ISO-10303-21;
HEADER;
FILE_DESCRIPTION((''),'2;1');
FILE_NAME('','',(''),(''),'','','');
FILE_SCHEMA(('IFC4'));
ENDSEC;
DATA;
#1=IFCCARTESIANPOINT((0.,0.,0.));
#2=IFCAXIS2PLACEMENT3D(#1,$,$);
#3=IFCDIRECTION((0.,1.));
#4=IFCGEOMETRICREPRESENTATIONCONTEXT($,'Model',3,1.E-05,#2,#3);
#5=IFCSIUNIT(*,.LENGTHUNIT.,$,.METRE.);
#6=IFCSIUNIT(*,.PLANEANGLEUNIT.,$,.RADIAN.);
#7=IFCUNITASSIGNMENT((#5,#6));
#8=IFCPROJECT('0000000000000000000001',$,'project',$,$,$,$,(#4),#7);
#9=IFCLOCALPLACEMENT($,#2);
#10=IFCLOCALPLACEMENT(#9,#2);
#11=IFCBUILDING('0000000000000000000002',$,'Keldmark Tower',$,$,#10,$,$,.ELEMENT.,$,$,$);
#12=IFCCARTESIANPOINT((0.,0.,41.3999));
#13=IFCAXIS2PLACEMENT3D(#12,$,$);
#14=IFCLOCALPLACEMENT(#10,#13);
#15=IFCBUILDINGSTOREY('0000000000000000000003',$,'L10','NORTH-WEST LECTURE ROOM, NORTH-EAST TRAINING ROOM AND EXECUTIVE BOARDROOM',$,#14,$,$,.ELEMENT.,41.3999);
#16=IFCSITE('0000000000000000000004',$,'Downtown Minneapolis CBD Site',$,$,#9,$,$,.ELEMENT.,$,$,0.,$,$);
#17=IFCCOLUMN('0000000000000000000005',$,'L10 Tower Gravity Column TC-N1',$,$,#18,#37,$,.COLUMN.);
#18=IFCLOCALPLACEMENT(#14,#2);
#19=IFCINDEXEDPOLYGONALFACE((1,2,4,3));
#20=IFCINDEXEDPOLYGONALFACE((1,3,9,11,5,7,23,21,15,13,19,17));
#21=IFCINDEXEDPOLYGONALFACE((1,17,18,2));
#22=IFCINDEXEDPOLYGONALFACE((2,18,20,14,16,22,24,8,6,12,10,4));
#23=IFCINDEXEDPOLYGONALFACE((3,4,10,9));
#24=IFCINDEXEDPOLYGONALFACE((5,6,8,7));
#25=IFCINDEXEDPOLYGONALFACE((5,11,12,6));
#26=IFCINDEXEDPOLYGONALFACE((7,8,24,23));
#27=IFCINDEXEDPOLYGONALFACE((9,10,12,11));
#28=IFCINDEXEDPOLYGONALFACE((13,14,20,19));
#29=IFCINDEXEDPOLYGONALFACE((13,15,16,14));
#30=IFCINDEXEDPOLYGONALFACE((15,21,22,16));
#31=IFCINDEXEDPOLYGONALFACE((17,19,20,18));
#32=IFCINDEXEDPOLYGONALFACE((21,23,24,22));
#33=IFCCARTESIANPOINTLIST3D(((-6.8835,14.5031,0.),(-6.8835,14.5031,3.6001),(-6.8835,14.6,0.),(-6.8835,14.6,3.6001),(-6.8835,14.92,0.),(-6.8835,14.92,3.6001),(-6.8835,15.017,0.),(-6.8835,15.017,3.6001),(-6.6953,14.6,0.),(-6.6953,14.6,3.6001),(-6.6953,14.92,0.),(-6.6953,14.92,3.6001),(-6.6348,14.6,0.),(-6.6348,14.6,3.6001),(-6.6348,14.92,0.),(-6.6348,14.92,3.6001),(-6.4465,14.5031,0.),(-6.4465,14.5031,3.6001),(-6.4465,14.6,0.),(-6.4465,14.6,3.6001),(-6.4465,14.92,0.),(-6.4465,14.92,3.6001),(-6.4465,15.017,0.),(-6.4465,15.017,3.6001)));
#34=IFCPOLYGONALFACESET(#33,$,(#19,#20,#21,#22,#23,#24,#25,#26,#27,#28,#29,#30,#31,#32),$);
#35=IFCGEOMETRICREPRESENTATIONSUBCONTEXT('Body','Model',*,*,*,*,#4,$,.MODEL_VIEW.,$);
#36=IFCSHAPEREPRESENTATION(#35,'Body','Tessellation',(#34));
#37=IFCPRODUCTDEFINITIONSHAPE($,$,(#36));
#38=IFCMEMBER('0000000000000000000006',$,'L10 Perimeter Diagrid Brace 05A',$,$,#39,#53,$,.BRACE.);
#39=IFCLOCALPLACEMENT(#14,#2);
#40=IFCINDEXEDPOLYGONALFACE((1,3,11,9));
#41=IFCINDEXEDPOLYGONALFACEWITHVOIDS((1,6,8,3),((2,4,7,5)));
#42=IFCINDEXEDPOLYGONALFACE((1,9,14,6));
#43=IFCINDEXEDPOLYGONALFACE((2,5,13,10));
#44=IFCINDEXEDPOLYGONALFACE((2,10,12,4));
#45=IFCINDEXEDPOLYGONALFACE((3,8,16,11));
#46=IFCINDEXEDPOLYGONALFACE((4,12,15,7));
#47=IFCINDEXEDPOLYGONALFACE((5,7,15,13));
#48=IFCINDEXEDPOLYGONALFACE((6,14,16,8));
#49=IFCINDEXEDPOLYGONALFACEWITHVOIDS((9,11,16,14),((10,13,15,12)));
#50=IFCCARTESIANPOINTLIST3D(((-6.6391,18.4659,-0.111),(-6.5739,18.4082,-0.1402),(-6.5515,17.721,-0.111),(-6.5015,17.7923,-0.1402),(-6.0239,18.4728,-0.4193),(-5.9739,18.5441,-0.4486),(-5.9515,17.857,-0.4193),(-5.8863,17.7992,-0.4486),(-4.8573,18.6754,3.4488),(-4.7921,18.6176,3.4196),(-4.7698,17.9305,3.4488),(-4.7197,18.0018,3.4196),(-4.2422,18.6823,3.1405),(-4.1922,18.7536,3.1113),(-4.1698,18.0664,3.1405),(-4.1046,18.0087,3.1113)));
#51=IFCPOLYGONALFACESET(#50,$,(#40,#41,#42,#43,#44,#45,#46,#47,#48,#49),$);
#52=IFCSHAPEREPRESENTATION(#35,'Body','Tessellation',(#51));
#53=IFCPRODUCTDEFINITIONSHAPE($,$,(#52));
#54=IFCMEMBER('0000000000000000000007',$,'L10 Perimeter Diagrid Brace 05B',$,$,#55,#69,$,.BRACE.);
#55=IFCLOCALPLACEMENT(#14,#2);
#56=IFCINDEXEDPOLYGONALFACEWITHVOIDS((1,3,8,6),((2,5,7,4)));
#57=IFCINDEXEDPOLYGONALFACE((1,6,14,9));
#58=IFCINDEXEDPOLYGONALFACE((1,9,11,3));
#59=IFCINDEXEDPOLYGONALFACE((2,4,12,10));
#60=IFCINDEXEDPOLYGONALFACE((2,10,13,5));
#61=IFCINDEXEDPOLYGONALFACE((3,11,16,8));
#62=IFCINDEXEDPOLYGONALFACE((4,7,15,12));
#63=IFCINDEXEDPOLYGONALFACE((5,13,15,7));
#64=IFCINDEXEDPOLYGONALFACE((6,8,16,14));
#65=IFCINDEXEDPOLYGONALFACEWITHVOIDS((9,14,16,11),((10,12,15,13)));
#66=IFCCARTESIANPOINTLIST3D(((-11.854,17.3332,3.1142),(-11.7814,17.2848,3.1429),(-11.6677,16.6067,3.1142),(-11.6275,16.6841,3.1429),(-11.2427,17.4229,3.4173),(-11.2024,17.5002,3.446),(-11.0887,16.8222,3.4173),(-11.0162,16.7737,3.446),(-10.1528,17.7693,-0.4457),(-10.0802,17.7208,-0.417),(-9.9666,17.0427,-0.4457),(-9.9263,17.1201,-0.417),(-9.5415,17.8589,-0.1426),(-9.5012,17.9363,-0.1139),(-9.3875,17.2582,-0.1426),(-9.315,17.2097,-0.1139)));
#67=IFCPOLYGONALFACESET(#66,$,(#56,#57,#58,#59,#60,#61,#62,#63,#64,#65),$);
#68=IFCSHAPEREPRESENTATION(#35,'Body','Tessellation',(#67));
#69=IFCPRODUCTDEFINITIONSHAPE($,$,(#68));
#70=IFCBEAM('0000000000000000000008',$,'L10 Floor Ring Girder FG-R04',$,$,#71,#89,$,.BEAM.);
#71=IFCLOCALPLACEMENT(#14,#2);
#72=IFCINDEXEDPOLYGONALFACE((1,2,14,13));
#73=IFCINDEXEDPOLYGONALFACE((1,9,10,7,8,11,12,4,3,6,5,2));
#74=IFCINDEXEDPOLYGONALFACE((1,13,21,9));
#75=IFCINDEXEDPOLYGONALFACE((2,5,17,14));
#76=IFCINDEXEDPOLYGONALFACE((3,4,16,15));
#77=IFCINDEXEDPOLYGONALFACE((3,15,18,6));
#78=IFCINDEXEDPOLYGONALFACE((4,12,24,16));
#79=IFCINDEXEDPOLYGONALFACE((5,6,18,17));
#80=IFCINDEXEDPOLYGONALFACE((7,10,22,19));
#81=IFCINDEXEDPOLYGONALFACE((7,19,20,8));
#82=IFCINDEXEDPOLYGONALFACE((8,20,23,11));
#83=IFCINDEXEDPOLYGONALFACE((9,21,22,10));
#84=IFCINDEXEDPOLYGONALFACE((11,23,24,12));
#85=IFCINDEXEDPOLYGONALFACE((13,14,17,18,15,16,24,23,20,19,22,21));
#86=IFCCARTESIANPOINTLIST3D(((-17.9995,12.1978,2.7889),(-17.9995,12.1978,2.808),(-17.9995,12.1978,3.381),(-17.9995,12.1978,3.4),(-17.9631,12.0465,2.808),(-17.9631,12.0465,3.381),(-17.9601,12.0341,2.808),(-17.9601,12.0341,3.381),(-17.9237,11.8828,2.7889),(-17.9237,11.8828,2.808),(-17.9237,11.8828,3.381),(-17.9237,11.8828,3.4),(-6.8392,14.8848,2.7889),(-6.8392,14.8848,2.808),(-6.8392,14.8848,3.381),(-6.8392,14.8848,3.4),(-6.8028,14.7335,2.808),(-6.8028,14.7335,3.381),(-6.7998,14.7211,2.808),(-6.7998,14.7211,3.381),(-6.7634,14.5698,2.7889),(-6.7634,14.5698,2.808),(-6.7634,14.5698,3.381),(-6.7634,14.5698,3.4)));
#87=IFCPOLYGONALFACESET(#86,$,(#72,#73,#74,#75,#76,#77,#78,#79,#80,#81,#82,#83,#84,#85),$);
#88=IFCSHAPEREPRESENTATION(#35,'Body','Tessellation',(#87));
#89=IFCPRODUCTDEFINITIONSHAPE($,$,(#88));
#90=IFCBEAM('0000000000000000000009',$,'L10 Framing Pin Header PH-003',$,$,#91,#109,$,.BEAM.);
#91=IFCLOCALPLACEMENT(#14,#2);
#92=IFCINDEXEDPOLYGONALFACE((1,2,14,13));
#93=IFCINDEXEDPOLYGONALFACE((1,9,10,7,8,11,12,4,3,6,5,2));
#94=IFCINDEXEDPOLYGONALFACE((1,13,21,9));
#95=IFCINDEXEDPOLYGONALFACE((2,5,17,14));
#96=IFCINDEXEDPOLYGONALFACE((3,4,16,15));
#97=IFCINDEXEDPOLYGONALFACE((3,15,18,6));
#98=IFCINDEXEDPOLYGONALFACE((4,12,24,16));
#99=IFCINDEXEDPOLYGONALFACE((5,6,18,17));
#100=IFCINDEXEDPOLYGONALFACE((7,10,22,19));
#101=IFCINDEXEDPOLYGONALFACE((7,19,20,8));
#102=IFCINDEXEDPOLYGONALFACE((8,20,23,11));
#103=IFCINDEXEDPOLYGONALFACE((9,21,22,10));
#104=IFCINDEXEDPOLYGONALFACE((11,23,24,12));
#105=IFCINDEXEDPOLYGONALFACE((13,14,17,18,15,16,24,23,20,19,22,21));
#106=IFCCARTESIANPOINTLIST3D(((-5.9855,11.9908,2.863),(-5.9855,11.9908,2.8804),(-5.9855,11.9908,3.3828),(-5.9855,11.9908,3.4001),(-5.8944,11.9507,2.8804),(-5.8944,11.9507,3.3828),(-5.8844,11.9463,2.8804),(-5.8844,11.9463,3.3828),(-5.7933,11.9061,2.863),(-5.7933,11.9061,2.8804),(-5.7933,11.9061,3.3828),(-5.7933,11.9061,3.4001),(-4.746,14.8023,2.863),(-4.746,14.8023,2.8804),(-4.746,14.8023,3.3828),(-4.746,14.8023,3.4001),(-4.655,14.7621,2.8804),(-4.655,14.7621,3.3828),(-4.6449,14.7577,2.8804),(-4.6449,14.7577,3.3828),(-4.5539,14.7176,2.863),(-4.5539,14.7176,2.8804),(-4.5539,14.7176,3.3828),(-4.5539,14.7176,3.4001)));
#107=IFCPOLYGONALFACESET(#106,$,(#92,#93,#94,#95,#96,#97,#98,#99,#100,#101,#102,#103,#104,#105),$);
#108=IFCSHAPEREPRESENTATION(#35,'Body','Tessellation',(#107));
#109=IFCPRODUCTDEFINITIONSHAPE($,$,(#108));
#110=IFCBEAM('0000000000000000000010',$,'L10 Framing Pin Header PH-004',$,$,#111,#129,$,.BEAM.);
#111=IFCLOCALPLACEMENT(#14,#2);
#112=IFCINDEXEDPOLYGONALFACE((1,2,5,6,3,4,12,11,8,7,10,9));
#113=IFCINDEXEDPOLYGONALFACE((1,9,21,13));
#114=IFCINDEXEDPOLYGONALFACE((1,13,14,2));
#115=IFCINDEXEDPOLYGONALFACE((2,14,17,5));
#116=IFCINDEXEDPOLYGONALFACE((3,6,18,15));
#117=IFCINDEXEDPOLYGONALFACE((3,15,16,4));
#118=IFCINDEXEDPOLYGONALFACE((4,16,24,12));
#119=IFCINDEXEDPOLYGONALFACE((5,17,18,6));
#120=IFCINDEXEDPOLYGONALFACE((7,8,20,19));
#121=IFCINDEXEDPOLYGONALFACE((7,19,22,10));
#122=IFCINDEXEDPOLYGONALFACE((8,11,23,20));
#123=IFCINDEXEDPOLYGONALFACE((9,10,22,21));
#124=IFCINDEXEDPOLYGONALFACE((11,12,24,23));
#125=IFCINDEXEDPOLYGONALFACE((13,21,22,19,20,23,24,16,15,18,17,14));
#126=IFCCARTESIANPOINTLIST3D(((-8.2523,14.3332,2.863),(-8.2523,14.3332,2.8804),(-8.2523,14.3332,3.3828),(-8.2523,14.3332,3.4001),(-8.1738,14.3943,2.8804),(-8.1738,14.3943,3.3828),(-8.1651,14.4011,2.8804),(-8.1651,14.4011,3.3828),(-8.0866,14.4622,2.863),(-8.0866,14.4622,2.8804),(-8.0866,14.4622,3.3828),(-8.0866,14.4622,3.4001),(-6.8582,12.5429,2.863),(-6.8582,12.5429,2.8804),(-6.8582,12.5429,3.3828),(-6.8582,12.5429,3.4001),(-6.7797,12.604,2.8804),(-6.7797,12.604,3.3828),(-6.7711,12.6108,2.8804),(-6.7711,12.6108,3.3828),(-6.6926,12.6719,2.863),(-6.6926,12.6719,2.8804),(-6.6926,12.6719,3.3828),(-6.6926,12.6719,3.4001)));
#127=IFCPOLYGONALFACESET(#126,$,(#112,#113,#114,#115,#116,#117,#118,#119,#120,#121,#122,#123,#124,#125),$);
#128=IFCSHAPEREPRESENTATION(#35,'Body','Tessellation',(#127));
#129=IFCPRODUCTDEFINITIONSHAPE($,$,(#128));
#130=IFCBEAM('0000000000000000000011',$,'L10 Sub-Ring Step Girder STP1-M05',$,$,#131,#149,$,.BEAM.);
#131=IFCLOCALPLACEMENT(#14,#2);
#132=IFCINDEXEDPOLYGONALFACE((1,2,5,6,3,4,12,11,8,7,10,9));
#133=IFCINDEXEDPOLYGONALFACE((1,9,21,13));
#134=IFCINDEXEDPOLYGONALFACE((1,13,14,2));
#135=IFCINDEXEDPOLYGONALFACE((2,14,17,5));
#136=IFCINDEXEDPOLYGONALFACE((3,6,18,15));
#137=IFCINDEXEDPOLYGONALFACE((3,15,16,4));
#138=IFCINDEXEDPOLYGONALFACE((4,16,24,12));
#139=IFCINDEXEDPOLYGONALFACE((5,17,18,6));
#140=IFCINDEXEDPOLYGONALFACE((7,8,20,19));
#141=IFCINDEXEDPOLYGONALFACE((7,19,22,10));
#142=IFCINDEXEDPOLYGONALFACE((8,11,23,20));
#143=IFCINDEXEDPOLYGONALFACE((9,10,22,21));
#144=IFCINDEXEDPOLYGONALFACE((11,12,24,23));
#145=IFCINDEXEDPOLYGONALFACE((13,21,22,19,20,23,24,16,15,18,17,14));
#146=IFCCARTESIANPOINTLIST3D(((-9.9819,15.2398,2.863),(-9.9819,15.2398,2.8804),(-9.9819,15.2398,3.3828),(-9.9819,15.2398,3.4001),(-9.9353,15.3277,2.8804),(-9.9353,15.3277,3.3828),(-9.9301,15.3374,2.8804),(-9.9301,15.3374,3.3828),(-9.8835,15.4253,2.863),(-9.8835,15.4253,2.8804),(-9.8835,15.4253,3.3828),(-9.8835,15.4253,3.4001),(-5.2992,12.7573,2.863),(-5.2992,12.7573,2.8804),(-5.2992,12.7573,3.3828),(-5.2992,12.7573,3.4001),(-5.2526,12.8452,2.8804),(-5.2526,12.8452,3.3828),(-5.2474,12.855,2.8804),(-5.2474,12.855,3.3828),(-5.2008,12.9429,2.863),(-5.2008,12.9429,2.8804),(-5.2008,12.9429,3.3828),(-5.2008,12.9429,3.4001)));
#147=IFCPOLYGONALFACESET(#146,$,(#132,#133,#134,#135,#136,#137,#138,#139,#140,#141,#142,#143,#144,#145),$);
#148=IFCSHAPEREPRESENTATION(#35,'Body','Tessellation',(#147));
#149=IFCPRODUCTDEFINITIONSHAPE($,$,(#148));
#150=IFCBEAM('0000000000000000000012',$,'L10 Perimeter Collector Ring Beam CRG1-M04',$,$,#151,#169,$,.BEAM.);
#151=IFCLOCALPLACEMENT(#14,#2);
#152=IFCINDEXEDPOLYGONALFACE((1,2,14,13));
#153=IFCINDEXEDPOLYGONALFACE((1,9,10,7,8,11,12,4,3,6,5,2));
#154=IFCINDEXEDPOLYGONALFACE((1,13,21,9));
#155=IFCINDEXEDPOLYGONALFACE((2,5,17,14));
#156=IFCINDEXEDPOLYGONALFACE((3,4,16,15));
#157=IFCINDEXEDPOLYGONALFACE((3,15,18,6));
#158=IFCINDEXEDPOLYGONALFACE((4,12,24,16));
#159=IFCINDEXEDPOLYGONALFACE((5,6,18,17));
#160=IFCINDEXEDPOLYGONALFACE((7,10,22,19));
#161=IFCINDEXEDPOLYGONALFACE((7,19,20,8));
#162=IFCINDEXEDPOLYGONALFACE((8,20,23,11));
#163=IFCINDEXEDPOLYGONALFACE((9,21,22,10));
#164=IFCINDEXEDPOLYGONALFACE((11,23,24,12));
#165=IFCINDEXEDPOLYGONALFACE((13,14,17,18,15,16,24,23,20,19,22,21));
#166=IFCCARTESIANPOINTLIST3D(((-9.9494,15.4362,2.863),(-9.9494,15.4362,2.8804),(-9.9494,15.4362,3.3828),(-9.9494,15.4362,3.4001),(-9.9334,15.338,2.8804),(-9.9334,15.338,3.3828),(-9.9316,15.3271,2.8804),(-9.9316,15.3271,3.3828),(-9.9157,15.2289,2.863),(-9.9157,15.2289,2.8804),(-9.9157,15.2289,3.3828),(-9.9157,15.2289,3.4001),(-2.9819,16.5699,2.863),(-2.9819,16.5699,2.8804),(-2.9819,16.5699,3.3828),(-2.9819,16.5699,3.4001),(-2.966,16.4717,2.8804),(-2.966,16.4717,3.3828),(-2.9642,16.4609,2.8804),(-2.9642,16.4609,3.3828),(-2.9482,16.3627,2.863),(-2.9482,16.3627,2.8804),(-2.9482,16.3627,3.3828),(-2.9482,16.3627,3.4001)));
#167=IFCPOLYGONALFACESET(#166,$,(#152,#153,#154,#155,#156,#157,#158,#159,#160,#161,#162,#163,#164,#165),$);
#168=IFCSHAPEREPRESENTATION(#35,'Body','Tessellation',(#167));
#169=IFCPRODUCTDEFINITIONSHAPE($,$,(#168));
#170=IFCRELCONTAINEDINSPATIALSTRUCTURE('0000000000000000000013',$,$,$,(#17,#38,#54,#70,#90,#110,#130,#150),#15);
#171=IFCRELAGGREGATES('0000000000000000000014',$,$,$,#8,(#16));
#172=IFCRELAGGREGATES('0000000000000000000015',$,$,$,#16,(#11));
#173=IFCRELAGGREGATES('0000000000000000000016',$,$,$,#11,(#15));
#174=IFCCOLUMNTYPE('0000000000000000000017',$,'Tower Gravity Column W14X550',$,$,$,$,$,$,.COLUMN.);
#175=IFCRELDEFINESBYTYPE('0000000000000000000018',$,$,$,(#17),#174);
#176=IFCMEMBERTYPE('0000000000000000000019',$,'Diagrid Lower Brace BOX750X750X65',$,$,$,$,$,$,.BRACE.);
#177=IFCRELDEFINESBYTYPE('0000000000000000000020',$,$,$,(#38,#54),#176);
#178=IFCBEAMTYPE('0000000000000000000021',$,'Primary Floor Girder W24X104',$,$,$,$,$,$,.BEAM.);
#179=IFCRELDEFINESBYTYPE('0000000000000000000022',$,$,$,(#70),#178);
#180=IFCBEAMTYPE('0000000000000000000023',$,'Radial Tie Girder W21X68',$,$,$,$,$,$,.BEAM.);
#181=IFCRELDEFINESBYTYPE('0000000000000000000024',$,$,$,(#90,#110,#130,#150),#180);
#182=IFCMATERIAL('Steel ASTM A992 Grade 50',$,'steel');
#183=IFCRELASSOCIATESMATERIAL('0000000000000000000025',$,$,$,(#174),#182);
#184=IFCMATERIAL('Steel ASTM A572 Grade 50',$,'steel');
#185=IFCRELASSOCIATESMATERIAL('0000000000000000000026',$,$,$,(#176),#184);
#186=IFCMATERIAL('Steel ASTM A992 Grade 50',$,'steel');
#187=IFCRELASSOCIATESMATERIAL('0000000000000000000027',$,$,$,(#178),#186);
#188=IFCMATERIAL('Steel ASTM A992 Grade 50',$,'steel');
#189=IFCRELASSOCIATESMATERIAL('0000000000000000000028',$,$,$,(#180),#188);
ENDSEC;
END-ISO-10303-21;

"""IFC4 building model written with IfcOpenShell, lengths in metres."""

from ifc_helpers import new_model, si_unit, direction, frame, origin, origin_2d, place, context, subcontext, project, spatial, hollow_rectangle, i_section, extrude, material, material_profile, profile_set, type_object, element, save


model = new_model("IFC4")

# Units and contexts
model_context = context("Model", 3, precision=1e-05, world=origin(), true_north=direction((0.0, 1.0)))
body_context = subcontext(model_context, "Body", "Model", "MODEL_VIEW")
ifc_project = project(units=[si_unit("LENGTHUNIT", "METRE"), si_unit("PLANEANGLEUNIT", "RADIAN")], contexts=[model_context])

# Site, building, storey
site_placement = place(None, origin())
site = spatial("IfcSite", under=ifc_project, at=site_placement, Name="Downtown Minneapolis CBD Site", CompositionType="ELEMENT", RefElevation=0.0)
building_placement = place(site_placement, origin())
building = spatial("IfcBuilding", under=site, at=building_placement, Name="Keldmark Tower", CompositionType="ELEMENT")
storey_placement = place(building_placement, frame((0.0, 0.0, 41.3999)))
storey = spatial("IfcBuildingStorey", under=building, at=storey_placement, Name="L10", Description="NORTH-WEST LECTURE ROOM, NORTH-EAST TRAINING ROOM AND EXECUTIVE BOARDROOM", CompositionType="ELEMENT", Elevation=41.3999)

# Column
ifc_material_1 = material(Name="Steel ASTM A992 Grade 50", Category="steel")
ifc_material_profile_1 = material_profile(ifc_material_1, i_section(OverallWidth=0.437, OverallDepth=0.5139, WebThickness=0.0605, FlangeThickness=0.0969, at=origin_2d()), Name="W14X550")
ifc_profile_set_1 = profile_set([ifc_material_profile_1], Name="Steel ASTM A992 Grade 50")
column_type = type_object("IfcColumnType", Name="Tower Gravity Column W14X550", PredefinedType="COLUMN", material=ifc_profile_set_1)
column_placement = place(storey_placement, frame((-6.665, 14.76, 0.0), z_axis=(0.0, 0.0, 1.0), x_axis=(1.0, 0.0, 0.0)))
element("IfcColumn", 1, at=column_placement, inside=storey, type_object=column_type, Name="L10 Tower Gravity Column TC-N1", PredefinedType="COLUMN", context=body_context, shape_type="SweptSolid", body=[
    extrude(i_section(OverallWidth=0.437, OverallDepth=0.5139, WebThickness=0.0605, FlangeThickness=0.0969, at=origin_2d()), origin(), (0.0, 0.0, 1.0), 3.6001),
])

# Members
ifc_material_2 = material(Name="Steel ASTM A572 Grade 50", Category="steel")
ifc_material_profile_2 = material_profile(ifc_material_2, hollow_rectangle(XDim=0.75, YDim=0.75, WallThickness=0.0649, at=origin_2d()), Name="BOX750X750X65")
ifc_profile_set_2 = profile_set([ifc_material_profile_2], Name="Steel ASTM A572 Grade 50")
member_type = type_object("IfcMemberType", Name="Diagrid Lower Brace BOX750X750X65", PredefinedType="BRACE", material=ifc_profile_set_2)
member_1_placement = place(storey_placement, frame((-6.2627, 18.1326, -0.2798), z_axis=(0.446963, 0.052548, 0.893008), x_axis=(-0.116762, 0.99316, 0.0)))
element("IfcMember", 2, at=member_1_placement, inside=storey, type_object=member_type, Name="L10 Perimeter Diagrid Brace 05A", PredefinedType="BRACE", context=body_context, shape_type="SweptSolid", body=[
    extrude(hollow_rectangle(XDim=0.75, YDim=0.75, WallThickness=0.0649, at=origin_2d()), origin(), (0.0, 0.0, 1.0), 3.9863),
])
member_2_placement = place(storey_placement, frame((-9.7339, 17.4895, -0.2798), z_axis=(-0.428568, -0.109848, 0.896807), x_axis=(0.248288, -0.968686, 0.0)))
element("IfcMember", 3, at=member_2_placement, inside=storey, type_object=member_type, Name="L10 Perimeter Diagrid Brace 05B", PredefinedType="BRACE", context=body_context, shape_type="SweptSolid", body=[
    extrude(hollow_rectangle(XDim=0.75, YDim=0.75, WallThickness=0.0649, at=origin_2d()), origin(), (0.0, 0.0, 1.0), 3.9695),
])

# Beams
ifc_material_3 = material(Name="Steel ASTM A992 Grade 50", Category="steel")
ifc_material_profile_3 = material_profile(ifc_material_3, i_section(OverallWidth=0.324, OverallDepth=0.6111, WebThickness=0.0127, FlangeThickness=0.019, at=origin_2d()), Name="W24X104")
ifc_profile_set_3 = profile_set([ifc_material_profile_3], Name="Steel ASTM A992 Grade 50")
beam_type_1 = type_object("IfcBeamType", Name="Primary Floor Girder W24X104", PredefinedType="BEAM", material=ifc_profile_set_3)
beam_1_placement = place(storey_placement, frame((-6.8013, 14.7273, 3.0945), z_axis=(-0.972219, -0.234074, 0.0), x_axis=(0.234074, -0.972219, 0.0)))
element("IfcBeam", 4, at=beam_1_placement, inside=storey, type_object=beam_type_1, Name="L10 Floor Ring Girder FG-R04", PredefinedType="BEAM", context=body_context, shape_type="SweptSolid", body=[
    extrude(i_section(OverallWidth=0.324, OverallDepth=0.6111, WebThickness=0.0127, FlangeThickness=0.019, at=origin_2d()), origin(), (0.0, 0.0, 1.0), 11.4792),
])
ifc_material_4 = material(Name="Steel ASTM A992 Grade 50", Category="steel")
ifc_material_profile_4 = material_profile(ifc_material_4, i_section(OverallWidth=0.21, OverallDepth=0.5371, WebThickness=0.011, FlangeThickness=0.0173, at=origin_2d()), Name="W21X68")
ifc_profile_set_4 = profile_set([ifc_material_profile_4], Name="Steel ASTM A992 Grade 50")
beam_type_2 = type_object("IfcBeamType", Name="Radial Tie Girder W21X68", PredefinedType="BEAM", material=ifc_profile_set_4)
beam_2_placement = place(storey_placement, frame((-5.8894, 11.9485, 3.1316), z_axis=(0.403402, 0.915023, 0.0), x_axis=(-0.915023, 0.403402, 0.0)))
element("IfcBeam", 5, at=beam_2_placement, inside=storey, type_object=beam_type_2, Name="L10 Framing Pin Header PH-003", PredefinedType="BEAM", context=body_context, shape_type="SweptSolid", body=[
    extrude(i_section(OverallWidth=0.21, OverallDepth=0.5371, WebThickness=0.011, FlangeThickness=0.0173, at=origin_2d()), origin(), (0.0, 0.0, 1.0), 3.0725),
])
beam_3_placement = place(storey_placement, frame((-6.7754, 12.6074, 3.1316), z_axis=(-0.61438, 0.78901, 0.0), x_axis=(-0.78901, -0.61438, 0.0)))
element("IfcBeam", 6, at=beam_3_placement, inside=storey, type_object=beam_type_2, Name="L10 Framing Pin Header PH-004", PredefinedType="BEAM", context=body_context, shape_type="SweptSolid", body=[
    extrude(i_section(OverallWidth=0.21, OverallDepth=0.5371, WebThickness=0.011, FlangeThickness=0.0173, at=origin_2d()), origin(), (0.0, 0.0, 1.0), 2.269),
])
beam_4_placement = place(storey_placement, frame((-5.25, 12.8501, 3.1316), z_axis=(-0.883523, 0.468387, 0.0), x_axis=(-0.468387, -0.883523, 0.0)))
element("IfcBeam", 7, at=beam_4_placement, inside=storey, type_object=beam_type_2, Name="L10 Sub-Ring Step Girder STP1-M05", PredefinedType="BEAM", context=body_context, shape_type="SweptSolid", body=[
    extrude(i_section(OverallWidth=0.21, OverallDepth=0.5371, WebThickness=0.011, FlangeThickness=0.0173, at=origin_2d()), origin(), (0.0, 0.0, 1.0), 5.3),
])
beam_5_placement = place(storey_placement, frame((-2.9651, 16.4663, 3.1316), z_axis=(-0.987018, -0.160612, 0.0), x_axis=(0.160612, -0.987018, 0.0)))
element("IfcBeam", 8, at=beam_5_placement, inside=storey, type_object=beam_type_2, Name="L10 Perimeter Collector Ring Beam CRG1-M04", PredefinedType="BEAM", context=body_context, shape_type="SweptSolid", body=[
    extrude(i_section(OverallWidth=0.21, OverallDepth=0.5371, WebThickness=0.011, FlangeThickness=0.0173, at=origin_2d()), origin(), (0.0, 0.0, 1.0), 7.0591),
])

save(model, "model.ifc")
